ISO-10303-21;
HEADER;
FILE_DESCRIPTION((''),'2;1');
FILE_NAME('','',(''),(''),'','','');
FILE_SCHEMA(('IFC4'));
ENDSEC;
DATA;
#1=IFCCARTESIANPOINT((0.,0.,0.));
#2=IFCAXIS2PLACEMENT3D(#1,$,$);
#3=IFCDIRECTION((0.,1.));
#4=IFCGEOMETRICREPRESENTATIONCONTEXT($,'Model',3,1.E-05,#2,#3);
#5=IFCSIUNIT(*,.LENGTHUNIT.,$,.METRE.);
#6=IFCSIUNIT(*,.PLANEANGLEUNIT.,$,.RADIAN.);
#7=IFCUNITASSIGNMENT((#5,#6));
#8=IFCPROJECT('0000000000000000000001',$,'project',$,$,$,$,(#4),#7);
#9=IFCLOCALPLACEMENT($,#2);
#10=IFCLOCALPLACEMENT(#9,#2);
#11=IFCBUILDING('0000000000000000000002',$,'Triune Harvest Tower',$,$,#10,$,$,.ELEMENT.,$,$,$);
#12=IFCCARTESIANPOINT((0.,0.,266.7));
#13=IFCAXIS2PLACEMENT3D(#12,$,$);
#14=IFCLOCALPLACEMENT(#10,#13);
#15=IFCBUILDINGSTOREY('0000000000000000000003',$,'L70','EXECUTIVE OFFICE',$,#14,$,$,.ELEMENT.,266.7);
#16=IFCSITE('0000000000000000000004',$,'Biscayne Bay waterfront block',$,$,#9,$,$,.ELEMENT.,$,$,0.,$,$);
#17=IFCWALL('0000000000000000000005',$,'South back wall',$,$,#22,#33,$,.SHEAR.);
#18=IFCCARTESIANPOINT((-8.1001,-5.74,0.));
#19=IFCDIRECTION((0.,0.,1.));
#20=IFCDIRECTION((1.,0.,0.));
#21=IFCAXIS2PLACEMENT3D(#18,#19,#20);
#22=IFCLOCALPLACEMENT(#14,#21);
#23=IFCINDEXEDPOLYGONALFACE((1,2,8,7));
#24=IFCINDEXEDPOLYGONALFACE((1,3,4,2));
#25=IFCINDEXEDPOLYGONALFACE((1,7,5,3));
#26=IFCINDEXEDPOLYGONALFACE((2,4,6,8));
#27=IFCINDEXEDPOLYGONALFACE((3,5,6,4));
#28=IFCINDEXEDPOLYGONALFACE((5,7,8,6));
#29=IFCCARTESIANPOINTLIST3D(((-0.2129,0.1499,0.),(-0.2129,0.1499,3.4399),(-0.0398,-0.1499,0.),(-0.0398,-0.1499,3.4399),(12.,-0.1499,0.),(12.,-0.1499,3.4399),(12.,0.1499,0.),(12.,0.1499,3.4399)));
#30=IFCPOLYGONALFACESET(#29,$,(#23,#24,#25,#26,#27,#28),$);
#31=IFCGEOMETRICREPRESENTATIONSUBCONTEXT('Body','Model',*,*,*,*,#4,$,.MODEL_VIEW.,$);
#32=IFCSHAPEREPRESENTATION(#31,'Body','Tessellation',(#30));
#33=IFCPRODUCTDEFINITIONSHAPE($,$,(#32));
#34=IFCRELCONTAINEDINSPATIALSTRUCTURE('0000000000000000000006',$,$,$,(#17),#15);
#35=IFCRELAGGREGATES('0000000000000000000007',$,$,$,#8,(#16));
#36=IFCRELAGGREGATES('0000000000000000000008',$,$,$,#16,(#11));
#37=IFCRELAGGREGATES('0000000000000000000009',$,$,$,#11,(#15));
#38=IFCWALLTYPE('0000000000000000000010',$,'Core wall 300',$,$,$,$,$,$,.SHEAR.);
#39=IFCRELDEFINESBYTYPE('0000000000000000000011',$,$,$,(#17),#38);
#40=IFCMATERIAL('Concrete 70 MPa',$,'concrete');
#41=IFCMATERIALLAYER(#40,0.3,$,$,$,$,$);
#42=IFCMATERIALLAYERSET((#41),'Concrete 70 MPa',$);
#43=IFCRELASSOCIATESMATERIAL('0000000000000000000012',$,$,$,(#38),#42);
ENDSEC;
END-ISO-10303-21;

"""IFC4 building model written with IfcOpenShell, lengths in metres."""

from ifc_helpers import new_model, si_unit, direction, frame, origin, place, context, subcontext, project, spatial, polyline, outline, extrude, source, transform, mapped, material, layer, layer_set, type_object, element, save


model = new_model("IFC4")

# Units and contexts
model_context = context("Model", 3, precision=1e-05, world=origin(), true_north=direction((0.0, 1.0)))
body_context = subcontext(model_context, "Body", "Model", "MODEL_VIEW")
ifc_project = project(units=[si_unit("LENGTHUNIT", "METRE"), si_unit("PLANEANGLEUNIT", "RADIAN")], contexts=[model_context])

# Site, building, storey
site_placement = place(None, origin())
site = spatial("IfcSite", under=ifc_project, at=site_placement, Name="Biscayne Bay waterfront block", CompositionType="ELEMENT", RefElevation=0.0)
building_placement = place(site_placement, origin())
building = spatial("IfcBuilding", under=site, at=building_placement, Name="Triune Harvest Tower", CompositionType="ELEMENT")
storey_placement = place(building_placement, frame((0.0, 0.0, 266.7)))
storey = spatial("IfcBuildingStorey", under=building, at=storey_placement, Name="L70", Description="EXECUTIVE OFFICE", CompositionType="ELEMENT", Elevation=266.7)

# Shared definitions
ifc_material_1 = material(Name="Concrete 70 MPa", Category="concrete")
ifc_layer_1 = layer(ifc_material_1, 0.3)
ifc_layer_set_1 = layer_set([ifc_layer_1], Name="Concrete 70 MPa")
wall_type_1 = type_object("IfcWallType", Name="Core wall 300", PredefinedType="SHEAR", material=ifc_layer_set_1)

# Wall
shared_shape_1 = source(origin(), body_context, "Body", "SweptSolid", [
    extrude(outline(polyline([(12.0, -0.1499), (-0.0398, -0.1499), (-0.2129, 0.1499), (12.0, 0.1499), (12.0, -0.1499)])), origin(), (0.0, 0.0, 1.0), 3.4399),
])
wall_1_placement = place(storey_placement, frame((-8.1001, -5.74, 0.0), z_axis=(0.0, 0.0, 1.0), x_axis=(1.0, 0.0, 0.0)))
element("IfcWall", 1, at=wall_1_placement, inside=storey, type_object=wall_type_1, Name="South back wall", PredefinedType="SHEAR", context=body_context, shape_type="MappedRepresentation", body=[
    mapped(shared_shape_1, transform((0.0, 0.0, 0.0), scale=1.0)),
])

save(model, "model.ifc")
